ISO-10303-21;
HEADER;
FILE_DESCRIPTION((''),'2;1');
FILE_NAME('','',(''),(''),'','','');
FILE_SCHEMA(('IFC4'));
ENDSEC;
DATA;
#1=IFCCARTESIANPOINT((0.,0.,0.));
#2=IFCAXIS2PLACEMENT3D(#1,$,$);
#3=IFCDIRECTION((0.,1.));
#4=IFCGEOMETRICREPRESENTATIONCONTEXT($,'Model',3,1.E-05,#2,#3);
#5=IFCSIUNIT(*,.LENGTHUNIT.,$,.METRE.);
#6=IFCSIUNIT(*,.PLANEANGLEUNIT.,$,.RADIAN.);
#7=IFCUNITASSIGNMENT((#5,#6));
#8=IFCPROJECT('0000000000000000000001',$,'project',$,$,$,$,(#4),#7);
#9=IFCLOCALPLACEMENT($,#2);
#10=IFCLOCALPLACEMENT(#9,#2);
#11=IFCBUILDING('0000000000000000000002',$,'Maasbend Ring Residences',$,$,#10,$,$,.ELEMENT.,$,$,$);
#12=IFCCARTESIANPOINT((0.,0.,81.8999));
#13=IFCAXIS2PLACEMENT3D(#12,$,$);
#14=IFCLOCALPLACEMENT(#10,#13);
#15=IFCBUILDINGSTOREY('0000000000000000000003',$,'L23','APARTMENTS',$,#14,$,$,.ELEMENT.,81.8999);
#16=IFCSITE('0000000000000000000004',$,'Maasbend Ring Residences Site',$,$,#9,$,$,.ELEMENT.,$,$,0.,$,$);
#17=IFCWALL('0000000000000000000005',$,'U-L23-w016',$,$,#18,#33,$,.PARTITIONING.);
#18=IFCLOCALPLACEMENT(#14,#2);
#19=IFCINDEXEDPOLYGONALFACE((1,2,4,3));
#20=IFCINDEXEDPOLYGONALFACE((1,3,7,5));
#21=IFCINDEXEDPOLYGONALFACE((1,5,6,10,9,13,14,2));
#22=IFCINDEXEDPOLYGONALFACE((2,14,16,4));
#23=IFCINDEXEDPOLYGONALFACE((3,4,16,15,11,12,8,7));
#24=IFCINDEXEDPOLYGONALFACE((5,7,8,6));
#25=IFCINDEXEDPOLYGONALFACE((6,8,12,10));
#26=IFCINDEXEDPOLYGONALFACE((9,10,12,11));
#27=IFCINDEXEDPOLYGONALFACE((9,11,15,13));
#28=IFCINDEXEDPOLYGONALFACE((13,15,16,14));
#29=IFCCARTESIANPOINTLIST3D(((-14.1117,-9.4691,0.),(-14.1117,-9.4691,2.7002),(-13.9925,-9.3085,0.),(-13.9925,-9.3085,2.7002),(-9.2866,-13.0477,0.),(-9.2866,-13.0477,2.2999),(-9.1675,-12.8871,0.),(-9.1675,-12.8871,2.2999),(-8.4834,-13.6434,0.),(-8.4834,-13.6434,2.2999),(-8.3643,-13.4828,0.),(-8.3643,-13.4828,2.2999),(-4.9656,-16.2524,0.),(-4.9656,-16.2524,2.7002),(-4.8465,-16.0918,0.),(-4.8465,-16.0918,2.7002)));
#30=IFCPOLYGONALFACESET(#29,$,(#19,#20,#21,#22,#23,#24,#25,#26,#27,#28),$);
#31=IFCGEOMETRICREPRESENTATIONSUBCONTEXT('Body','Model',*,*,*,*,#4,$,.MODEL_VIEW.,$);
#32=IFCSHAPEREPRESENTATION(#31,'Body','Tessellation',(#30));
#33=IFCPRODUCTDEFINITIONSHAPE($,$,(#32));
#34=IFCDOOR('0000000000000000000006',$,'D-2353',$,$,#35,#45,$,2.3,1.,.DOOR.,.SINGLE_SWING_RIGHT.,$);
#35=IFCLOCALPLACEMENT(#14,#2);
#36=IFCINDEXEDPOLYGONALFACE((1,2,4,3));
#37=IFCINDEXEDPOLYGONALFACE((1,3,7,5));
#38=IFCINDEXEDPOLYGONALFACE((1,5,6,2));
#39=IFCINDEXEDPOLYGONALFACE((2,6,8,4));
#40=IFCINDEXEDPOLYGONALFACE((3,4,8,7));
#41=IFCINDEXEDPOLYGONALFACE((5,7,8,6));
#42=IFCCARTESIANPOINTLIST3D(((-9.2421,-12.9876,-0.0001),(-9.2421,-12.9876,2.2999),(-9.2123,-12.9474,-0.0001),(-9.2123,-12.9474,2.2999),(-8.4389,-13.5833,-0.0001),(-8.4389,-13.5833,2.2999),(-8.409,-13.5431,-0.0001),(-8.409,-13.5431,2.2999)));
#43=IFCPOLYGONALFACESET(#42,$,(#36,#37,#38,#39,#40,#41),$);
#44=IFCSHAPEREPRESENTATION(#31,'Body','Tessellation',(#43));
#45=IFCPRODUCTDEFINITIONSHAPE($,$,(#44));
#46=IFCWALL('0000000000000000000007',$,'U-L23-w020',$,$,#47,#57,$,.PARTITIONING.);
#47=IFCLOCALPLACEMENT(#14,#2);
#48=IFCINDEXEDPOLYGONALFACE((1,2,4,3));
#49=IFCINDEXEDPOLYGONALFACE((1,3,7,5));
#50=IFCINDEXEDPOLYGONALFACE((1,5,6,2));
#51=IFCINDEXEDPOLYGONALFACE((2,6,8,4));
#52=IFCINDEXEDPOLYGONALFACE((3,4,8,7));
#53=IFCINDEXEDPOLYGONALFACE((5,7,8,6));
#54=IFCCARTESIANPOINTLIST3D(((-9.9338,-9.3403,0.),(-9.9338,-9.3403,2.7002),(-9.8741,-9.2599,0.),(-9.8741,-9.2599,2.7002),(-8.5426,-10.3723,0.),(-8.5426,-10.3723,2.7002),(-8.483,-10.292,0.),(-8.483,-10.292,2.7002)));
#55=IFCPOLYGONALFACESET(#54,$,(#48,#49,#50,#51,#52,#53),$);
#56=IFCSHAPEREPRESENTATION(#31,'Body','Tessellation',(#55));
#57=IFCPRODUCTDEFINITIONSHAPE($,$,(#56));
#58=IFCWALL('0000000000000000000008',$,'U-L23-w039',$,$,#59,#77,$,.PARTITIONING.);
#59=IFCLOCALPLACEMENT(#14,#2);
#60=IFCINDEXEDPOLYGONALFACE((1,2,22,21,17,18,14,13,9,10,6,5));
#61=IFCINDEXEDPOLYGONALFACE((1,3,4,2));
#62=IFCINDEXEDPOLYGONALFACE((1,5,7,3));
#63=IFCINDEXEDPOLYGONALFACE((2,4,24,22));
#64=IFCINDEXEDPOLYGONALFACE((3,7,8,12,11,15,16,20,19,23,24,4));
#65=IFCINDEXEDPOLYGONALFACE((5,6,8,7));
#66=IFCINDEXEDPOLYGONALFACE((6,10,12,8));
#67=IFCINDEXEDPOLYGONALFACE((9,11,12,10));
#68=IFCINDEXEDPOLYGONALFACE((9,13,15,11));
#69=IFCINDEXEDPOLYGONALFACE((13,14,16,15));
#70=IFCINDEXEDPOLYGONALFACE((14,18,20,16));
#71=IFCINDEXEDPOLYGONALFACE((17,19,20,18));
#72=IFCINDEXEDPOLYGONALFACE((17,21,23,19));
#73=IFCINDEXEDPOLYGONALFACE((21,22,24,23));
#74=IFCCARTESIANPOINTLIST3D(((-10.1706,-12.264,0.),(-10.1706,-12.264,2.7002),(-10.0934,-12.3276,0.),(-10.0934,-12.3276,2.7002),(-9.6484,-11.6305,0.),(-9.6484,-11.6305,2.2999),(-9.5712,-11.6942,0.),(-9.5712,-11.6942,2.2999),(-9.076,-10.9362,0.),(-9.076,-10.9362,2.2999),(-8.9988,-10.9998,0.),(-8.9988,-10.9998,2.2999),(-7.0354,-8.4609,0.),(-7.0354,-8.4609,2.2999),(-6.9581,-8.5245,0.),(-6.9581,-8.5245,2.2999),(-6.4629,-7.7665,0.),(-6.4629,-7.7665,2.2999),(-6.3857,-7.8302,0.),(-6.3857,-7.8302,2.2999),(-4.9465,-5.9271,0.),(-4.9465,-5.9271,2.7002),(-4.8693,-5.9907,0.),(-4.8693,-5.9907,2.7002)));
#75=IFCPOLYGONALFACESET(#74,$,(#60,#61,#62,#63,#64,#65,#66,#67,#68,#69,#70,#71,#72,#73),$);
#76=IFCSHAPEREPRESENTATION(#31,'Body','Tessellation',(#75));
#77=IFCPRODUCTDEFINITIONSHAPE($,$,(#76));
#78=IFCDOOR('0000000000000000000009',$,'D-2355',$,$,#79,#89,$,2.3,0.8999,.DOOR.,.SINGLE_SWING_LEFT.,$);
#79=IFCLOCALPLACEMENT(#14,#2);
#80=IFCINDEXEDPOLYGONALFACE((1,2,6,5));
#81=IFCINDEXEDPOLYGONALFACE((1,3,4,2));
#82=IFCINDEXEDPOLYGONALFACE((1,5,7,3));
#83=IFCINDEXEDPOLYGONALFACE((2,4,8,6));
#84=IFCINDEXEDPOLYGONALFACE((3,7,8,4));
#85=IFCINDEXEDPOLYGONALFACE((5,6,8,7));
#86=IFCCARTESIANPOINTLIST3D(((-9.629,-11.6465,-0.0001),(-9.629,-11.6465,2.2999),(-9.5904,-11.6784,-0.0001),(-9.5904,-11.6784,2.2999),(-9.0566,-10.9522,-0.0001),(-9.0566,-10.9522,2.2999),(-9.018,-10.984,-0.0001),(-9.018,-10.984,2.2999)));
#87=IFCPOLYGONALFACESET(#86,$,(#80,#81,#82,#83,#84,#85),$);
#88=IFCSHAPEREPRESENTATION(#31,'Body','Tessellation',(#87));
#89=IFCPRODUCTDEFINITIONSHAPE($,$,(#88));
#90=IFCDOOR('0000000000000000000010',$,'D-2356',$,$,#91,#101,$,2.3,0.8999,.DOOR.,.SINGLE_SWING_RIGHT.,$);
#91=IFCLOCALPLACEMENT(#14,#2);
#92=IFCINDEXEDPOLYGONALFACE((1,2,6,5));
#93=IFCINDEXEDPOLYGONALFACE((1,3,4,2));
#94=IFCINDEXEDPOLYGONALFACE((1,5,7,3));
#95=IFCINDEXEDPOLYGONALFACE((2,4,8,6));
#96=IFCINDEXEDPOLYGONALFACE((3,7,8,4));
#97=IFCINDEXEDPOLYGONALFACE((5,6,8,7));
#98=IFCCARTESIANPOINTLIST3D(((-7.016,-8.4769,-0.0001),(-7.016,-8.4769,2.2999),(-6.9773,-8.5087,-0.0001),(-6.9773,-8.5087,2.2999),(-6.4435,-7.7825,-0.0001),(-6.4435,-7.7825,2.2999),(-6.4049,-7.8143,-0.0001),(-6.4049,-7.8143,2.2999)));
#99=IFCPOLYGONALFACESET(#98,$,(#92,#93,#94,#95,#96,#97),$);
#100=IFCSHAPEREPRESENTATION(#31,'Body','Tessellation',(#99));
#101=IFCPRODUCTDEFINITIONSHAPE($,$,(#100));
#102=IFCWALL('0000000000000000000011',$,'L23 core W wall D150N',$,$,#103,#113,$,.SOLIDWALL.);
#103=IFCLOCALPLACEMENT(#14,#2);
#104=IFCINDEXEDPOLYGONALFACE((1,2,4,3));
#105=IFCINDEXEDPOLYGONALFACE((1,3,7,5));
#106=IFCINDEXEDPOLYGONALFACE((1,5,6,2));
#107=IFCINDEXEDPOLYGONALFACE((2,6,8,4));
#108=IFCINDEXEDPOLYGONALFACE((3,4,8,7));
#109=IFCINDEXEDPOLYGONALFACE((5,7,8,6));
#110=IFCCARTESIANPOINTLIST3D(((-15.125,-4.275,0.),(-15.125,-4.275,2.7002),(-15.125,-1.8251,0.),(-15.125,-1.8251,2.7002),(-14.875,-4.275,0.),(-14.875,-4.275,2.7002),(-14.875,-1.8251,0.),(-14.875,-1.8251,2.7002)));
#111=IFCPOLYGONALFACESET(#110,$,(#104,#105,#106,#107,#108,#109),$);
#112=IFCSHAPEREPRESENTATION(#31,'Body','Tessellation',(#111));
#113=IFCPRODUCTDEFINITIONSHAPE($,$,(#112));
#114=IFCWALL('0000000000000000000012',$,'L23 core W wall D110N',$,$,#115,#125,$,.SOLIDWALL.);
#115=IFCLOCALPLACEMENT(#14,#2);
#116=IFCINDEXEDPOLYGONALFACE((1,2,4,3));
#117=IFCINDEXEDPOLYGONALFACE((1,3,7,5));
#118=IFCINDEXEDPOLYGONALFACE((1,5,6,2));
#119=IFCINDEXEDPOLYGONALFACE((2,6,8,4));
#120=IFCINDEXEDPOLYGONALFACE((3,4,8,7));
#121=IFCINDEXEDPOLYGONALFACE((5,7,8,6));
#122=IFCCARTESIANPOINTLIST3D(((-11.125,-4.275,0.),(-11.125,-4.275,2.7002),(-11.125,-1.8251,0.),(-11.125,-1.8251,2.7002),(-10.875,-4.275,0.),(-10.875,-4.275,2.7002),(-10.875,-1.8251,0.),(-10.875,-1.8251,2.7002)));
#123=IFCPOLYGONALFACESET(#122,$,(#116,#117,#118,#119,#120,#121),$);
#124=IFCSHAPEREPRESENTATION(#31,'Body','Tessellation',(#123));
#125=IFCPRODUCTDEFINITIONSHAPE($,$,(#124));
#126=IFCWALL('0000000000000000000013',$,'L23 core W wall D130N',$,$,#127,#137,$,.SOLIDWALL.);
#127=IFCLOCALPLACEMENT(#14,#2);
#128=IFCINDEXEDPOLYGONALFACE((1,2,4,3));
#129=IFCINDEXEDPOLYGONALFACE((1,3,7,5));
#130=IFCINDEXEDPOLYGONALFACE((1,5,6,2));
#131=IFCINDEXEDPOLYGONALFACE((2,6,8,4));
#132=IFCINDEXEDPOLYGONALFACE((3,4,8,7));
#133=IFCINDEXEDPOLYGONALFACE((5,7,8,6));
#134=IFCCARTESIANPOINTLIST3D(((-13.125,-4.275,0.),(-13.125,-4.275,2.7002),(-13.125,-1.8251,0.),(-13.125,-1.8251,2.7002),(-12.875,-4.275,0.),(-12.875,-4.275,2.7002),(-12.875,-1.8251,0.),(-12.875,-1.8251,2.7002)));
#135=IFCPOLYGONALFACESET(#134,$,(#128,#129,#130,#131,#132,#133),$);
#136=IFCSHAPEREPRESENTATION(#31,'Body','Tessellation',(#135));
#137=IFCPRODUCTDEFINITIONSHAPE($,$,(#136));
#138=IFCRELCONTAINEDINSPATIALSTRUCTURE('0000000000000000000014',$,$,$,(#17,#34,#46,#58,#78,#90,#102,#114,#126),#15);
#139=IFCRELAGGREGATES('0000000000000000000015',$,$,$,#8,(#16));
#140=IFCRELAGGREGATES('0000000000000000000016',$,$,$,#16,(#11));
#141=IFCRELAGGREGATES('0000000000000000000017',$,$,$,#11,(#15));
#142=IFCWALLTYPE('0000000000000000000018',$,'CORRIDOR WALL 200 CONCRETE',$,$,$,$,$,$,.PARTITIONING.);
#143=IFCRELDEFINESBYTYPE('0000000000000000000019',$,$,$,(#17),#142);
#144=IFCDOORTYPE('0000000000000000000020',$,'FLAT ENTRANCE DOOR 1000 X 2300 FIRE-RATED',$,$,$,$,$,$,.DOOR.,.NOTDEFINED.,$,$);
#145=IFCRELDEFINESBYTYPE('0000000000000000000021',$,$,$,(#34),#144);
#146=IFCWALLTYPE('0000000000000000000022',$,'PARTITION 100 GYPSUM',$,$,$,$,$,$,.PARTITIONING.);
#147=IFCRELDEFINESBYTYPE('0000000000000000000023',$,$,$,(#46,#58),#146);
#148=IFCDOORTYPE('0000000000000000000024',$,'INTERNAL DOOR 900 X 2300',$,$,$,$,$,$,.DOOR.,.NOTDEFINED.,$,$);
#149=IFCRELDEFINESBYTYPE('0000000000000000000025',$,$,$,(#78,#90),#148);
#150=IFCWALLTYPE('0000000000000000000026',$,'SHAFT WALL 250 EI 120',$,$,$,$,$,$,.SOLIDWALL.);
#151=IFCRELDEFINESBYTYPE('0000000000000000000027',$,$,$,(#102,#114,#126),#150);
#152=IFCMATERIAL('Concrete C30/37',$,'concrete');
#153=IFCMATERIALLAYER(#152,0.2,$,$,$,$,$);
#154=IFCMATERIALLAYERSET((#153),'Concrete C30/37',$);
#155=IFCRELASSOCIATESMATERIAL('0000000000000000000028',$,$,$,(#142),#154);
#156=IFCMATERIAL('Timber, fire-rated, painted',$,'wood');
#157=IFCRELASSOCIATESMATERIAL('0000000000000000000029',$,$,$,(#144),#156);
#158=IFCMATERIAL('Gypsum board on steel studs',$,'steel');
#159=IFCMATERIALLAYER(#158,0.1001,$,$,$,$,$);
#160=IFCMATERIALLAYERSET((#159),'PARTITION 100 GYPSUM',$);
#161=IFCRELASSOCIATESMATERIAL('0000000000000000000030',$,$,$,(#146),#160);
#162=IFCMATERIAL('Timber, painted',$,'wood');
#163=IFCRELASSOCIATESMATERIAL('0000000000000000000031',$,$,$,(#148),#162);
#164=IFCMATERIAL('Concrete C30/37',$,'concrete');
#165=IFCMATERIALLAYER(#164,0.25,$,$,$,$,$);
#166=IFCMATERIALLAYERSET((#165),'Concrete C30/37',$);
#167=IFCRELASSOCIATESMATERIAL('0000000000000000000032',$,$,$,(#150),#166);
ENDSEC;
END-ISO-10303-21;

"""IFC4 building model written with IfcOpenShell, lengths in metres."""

from ifc_helpers import new_model, si_unit, direction, frame, frame_2d, origin, place, context, subcontext, project, spatial, rectangle, extrude, material, layer, layer_set, type_object, element, fill, save


model = new_model("IFC4")

# Units and contexts
model_context = context("Model", 3, precision=1e-05, world=origin(), true_north=direction((0.0, 1.0)))
body_context = subcontext(model_context, "Body", "Model", "MODEL_VIEW")
ifc_project = project(units=[si_unit("LENGTHUNIT", "METRE"), si_unit("PLANEANGLEUNIT", "RADIAN")], contexts=[model_context])

# Site, building, storey
site_placement = place(None, origin())
site = spatial("IfcSite", under=ifc_project, at=site_placement, Name="Maasbend Ring Residences Site", CompositionType="ELEMENT", RefElevation=0.0)
building_placement = place(site_placement, origin())
building = spatial("IfcBuilding", under=site, at=building_placement, Name="Maasbend Ring Residences", CompositionType="ELEMENT")
storey_placement = place(building_placement, frame((0.0, 0.0, 81.8999)))
storey = spatial("IfcBuildingStorey", under=building, at=storey_placement, Name="L23", Description="APARTMENTS", CompositionType="ELEMENT", Elevation=81.8999)

# Wall, opening, door
ifc_material_1 = material(Name="Concrete C30/37", Category="concrete")
ifc_layer_1 = layer(ifc_material_1, 0.2)
ifc_layer_set_1 = layer_set([ifc_layer_1], Name="Concrete C30/37")
wall_type_1 = type_object("IfcWallType", Name="CORRIDOR WALL 200 CONCRETE", PredefinedType="PARTITIONING", material=ifc_layer_set_1)
ifc_material_2 = material(Name="Timber, fire-rated, painted", Category="wood")
door_type_1 = type_object("IfcDoorType", Name="FLAT ENTRANCE DOOR 1000 X 2300 FIRE-RATED", OperationType="NOTDEFINED", PredefinedType="DOOR", material=ifc_material_2)
wall_1_placement = place(storey_placement, frame((-14.052, -9.3889, 0.0), z_axis=(0.0, 0.0, 1.0), x_axis=(0.803205, -0.595703, 0.0)))
wall_1 = element("IfcWall", 1, at=wall_1_placement, inside=storey, type_object=wall_type_1, Name="U-L23-w016", PredefinedType="PARTITIONING", context=body_context, shape_type="SweptSolid", body=[
    extrude(rectangle(XDim=11.387, YDim=0.2, at=frame_2d((5.6934, 0.0))), origin(), (0.0, 0.0, 1.0), 2.7002),
])
opening_1_placement = place(wall_1_placement, frame((6.0071, 0.0, 0.0)))
opening_1 = element("IfcOpeningElement", 2, at=opening_1_placement, cuts=wall_1, PredefinedType="OPENING", context=body_context, shape_type="SweptSolid", body=[
    extrude(rectangle(XDim=1.0, YDim=2.3, at=frame_2d((0.5, 1.1499))), frame((0.0, 0.1099, 0.0), z_axis=(0.0, -1.0, 0.0), x_axis=(1.0, 0.0, 0.0)), (0.0, 0.0, 1.0), 0.22),
])
door_1_placement = place(opening_1_placement, origin())
door_1 = element("IfcDoor", 3, at=door_1_placement, inside=storey, type_object=door_type_1, Name="D-2353", OperationType="SINGLE_SWING_RIGHT", OverallHeight=2.3, OverallWidth=1.0, PredefinedType="DOOR", context=body_context, shape_type="SweptSolid", body=[
    extrude(rectangle(XDim=1.0, YDim=2.3, at=frame_2d((0.5, 1.1499))), frame((0.0, 0.0249, 0.0), z_axis=(0.0, -1.0, 0.0), x_axis=(1.0, 0.0, 0.0)), (0.0, 0.0, 1.0), 0.05),
])
fill(opening_1, door_1)

# Wall
ifc_material_3 = material(Name="Gypsum board on steel studs", Category="steel")
ifc_layer_2 = layer(ifc_material_3, 0.1001)
ifc_layer_set_2 = layer_set([ifc_layer_2], Name="PARTITION 100 GYPSUM")
wall_type_2 = type_object("IfcWallType", Name="PARTITION 100 GYPSUM", PredefinedType="PARTITIONING", material=ifc_layer_set_2)
wall_2_placement = place(storey_placement, frame((-9.9041, -9.3, 0.0), z_axis=(0.0, 0.0, 1.0), x_axis=(0.803135, -0.595797, 0.0)))
element("IfcWall", 4, at=wall_2_placement, inside=storey, type_object=wall_type_2, Name="U-L23-w020", PredefinedType="PARTITIONING", context=body_context, shape_type="SweptSolid", body=[
    extrude(rectangle(XDim=1.7322, YDim=0.1001, at=frame_2d((0.8662, 0.0))), origin(), (0.0, 0.0, 1.0), 2.7002),
])

# Wall, openings, doors
wall_3_placement = place(storey_placement, frame((-10.1321, -12.2959, 0.0), z_axis=(0.0, 0.0, 1.0), x_axis=(0.636105, 0.771602, 0.0)))
wall_3 = element("IfcWall", 5, at=wall_3_placement, inside=storey, type_object=wall_type_2, Name="U-L23-w039", PredefinedType="PARTITIONING", context=body_context, shape_type="SweptSolid", body=[
    extrude(rectangle(XDim=8.2126, YDim=0.1001, at=frame_2d((4.1064, 0.0))), origin(), (0.0, 0.0, 1.0), 2.7002),
])
opening_2_placement = place(wall_3_placement, frame((0.821, 0.0, 0.0)))
opening_2 = element("IfcOpeningElement", 6, at=opening_2_placement, cuts=wall_3, PredefinedType="OPENING", context=body_context, shape_type="SweptSolid", body=[
    extrude(rectangle(XDim=0.8999, YDim=2.3, at=frame_2d((0.45, 1.1499))), frame((0.0, 0.0601, 0.0), z_axis=(0.0, -1.0, 0.0), x_axis=(1.0, 0.0, 0.0)), (0.0, 0.0, 1.0), 0.1201),
])
opening_3_placement = place(wall_3_placement, frame((4.929, 0.0, 0.0)))
opening_3 = element("IfcOpeningElement", 7, at=opening_3_placement, cuts=wall_3, PredefinedType="OPENING", context=body_context, shape_type="SweptSolid", body=[
    extrude(rectangle(XDim=0.8999, YDim=2.3, at=frame_2d((0.45, 1.1499))), frame((0.0, 0.0601, 0.0), z_axis=(0.0, -1.0, 0.0), x_axis=(1.0, 0.0, 0.0)), (0.0, 0.0, 1.0), 0.1201),
])
ifc_material_4 = material(Name="Timber, painted", Category="wood")
door_type_2 = type_object("IfcDoorType", Name="INTERNAL DOOR 900 X 2300", OperationType="NOTDEFINED", PredefinedType="DOOR", material=ifc_material_4)
door_2_placement = place(opening_2_placement, origin())
door_2 = element("IfcDoor", 8, at=door_2_placement, inside=storey, type_object=door_type_2, Name="D-2355", OperationType="SINGLE_SWING_LEFT", OverallHeight=2.3, OverallWidth=0.8999, PredefinedType="DOOR", context=body_context, shape_type="SweptSolid", body=[
    extrude(rectangle(XDim=0.8999, YDim=2.3, at=frame_2d((0.45, 1.1499))), frame((0.0, 0.0249, 0.0), z_axis=(0.0, -1.0, 0.0), x_axis=(1.0, 0.0, 0.0)), (0.0, 0.0, 1.0), 0.05),
])
fill(opening_2, door_2)
door_3_placement = place(opening_3_placement, origin())
door_3 = element("IfcDoor", 9, at=door_3_placement, inside=storey, type_object=door_type_2, Name="D-2356", OperationType="SINGLE_SWING_RIGHT", OverallHeight=2.3, OverallWidth=0.8999, PredefinedType="DOOR", context=body_context, shape_type="SweptSolid", body=[
    extrude(rectangle(XDim=0.8999, YDim=2.3, at=frame_2d((0.45, 1.1499))), frame((0.0, 0.0249, 0.0), z_axis=(0.0, -1.0, 0.0), x_axis=(1.0, 0.0, 0.0)), (0.0, 0.0, 1.0), 0.05),
])
fill(opening_3, door_3)

# Walls
ifc_material_5 = material(Name="Concrete C30/37", Category="concrete")
ifc_layer_3 = layer(ifc_material_5, 0.25)
ifc_layer_set_3 = layer_set([ifc_layer_3], Name="Concrete C30/37")
wall_type_3 = type_object("IfcWallType", Name="SHAFT WALL 250 EI 120", PredefinedType="SOLIDWALL", material=ifc_layer_set_3)
for number, where, z_axis, x_axis, name in (
    (10, (-15.0, -1.825, 0.0), (0.0, 0.0, 1.0), (0.0, -1.0, 0.0), "L23 core W wall D150N"),
    (11, (-11.0, -1.825, 0.0), (0.0, 0.0, 1.0), (0.0, -1.0, 0.0), "L23 core W wall D110N"),
    (12, (-13.0, -1.825, 0.0), (0.0, 0.0, 1.0), (0.0, -1.0, 0.0), "L23 core W wall D130N"),
):
    element("IfcWall", number, at=place(storey_placement, frame(where, z_axis=z_axis, x_axis=x_axis)), inside=storey, type_object=wall_type_3, Name=name, PredefinedType="SOLIDWALL", context=body_context, shape_type="SweptSolid", body=[
        extrude(rectangle(XDim=2.45, YDim=0.25, at=frame_2d((1.2251, 0.0))), origin(), (0.0, 0.0, 1.0), 2.7002),
    ])

save(model, "model.ifc")
